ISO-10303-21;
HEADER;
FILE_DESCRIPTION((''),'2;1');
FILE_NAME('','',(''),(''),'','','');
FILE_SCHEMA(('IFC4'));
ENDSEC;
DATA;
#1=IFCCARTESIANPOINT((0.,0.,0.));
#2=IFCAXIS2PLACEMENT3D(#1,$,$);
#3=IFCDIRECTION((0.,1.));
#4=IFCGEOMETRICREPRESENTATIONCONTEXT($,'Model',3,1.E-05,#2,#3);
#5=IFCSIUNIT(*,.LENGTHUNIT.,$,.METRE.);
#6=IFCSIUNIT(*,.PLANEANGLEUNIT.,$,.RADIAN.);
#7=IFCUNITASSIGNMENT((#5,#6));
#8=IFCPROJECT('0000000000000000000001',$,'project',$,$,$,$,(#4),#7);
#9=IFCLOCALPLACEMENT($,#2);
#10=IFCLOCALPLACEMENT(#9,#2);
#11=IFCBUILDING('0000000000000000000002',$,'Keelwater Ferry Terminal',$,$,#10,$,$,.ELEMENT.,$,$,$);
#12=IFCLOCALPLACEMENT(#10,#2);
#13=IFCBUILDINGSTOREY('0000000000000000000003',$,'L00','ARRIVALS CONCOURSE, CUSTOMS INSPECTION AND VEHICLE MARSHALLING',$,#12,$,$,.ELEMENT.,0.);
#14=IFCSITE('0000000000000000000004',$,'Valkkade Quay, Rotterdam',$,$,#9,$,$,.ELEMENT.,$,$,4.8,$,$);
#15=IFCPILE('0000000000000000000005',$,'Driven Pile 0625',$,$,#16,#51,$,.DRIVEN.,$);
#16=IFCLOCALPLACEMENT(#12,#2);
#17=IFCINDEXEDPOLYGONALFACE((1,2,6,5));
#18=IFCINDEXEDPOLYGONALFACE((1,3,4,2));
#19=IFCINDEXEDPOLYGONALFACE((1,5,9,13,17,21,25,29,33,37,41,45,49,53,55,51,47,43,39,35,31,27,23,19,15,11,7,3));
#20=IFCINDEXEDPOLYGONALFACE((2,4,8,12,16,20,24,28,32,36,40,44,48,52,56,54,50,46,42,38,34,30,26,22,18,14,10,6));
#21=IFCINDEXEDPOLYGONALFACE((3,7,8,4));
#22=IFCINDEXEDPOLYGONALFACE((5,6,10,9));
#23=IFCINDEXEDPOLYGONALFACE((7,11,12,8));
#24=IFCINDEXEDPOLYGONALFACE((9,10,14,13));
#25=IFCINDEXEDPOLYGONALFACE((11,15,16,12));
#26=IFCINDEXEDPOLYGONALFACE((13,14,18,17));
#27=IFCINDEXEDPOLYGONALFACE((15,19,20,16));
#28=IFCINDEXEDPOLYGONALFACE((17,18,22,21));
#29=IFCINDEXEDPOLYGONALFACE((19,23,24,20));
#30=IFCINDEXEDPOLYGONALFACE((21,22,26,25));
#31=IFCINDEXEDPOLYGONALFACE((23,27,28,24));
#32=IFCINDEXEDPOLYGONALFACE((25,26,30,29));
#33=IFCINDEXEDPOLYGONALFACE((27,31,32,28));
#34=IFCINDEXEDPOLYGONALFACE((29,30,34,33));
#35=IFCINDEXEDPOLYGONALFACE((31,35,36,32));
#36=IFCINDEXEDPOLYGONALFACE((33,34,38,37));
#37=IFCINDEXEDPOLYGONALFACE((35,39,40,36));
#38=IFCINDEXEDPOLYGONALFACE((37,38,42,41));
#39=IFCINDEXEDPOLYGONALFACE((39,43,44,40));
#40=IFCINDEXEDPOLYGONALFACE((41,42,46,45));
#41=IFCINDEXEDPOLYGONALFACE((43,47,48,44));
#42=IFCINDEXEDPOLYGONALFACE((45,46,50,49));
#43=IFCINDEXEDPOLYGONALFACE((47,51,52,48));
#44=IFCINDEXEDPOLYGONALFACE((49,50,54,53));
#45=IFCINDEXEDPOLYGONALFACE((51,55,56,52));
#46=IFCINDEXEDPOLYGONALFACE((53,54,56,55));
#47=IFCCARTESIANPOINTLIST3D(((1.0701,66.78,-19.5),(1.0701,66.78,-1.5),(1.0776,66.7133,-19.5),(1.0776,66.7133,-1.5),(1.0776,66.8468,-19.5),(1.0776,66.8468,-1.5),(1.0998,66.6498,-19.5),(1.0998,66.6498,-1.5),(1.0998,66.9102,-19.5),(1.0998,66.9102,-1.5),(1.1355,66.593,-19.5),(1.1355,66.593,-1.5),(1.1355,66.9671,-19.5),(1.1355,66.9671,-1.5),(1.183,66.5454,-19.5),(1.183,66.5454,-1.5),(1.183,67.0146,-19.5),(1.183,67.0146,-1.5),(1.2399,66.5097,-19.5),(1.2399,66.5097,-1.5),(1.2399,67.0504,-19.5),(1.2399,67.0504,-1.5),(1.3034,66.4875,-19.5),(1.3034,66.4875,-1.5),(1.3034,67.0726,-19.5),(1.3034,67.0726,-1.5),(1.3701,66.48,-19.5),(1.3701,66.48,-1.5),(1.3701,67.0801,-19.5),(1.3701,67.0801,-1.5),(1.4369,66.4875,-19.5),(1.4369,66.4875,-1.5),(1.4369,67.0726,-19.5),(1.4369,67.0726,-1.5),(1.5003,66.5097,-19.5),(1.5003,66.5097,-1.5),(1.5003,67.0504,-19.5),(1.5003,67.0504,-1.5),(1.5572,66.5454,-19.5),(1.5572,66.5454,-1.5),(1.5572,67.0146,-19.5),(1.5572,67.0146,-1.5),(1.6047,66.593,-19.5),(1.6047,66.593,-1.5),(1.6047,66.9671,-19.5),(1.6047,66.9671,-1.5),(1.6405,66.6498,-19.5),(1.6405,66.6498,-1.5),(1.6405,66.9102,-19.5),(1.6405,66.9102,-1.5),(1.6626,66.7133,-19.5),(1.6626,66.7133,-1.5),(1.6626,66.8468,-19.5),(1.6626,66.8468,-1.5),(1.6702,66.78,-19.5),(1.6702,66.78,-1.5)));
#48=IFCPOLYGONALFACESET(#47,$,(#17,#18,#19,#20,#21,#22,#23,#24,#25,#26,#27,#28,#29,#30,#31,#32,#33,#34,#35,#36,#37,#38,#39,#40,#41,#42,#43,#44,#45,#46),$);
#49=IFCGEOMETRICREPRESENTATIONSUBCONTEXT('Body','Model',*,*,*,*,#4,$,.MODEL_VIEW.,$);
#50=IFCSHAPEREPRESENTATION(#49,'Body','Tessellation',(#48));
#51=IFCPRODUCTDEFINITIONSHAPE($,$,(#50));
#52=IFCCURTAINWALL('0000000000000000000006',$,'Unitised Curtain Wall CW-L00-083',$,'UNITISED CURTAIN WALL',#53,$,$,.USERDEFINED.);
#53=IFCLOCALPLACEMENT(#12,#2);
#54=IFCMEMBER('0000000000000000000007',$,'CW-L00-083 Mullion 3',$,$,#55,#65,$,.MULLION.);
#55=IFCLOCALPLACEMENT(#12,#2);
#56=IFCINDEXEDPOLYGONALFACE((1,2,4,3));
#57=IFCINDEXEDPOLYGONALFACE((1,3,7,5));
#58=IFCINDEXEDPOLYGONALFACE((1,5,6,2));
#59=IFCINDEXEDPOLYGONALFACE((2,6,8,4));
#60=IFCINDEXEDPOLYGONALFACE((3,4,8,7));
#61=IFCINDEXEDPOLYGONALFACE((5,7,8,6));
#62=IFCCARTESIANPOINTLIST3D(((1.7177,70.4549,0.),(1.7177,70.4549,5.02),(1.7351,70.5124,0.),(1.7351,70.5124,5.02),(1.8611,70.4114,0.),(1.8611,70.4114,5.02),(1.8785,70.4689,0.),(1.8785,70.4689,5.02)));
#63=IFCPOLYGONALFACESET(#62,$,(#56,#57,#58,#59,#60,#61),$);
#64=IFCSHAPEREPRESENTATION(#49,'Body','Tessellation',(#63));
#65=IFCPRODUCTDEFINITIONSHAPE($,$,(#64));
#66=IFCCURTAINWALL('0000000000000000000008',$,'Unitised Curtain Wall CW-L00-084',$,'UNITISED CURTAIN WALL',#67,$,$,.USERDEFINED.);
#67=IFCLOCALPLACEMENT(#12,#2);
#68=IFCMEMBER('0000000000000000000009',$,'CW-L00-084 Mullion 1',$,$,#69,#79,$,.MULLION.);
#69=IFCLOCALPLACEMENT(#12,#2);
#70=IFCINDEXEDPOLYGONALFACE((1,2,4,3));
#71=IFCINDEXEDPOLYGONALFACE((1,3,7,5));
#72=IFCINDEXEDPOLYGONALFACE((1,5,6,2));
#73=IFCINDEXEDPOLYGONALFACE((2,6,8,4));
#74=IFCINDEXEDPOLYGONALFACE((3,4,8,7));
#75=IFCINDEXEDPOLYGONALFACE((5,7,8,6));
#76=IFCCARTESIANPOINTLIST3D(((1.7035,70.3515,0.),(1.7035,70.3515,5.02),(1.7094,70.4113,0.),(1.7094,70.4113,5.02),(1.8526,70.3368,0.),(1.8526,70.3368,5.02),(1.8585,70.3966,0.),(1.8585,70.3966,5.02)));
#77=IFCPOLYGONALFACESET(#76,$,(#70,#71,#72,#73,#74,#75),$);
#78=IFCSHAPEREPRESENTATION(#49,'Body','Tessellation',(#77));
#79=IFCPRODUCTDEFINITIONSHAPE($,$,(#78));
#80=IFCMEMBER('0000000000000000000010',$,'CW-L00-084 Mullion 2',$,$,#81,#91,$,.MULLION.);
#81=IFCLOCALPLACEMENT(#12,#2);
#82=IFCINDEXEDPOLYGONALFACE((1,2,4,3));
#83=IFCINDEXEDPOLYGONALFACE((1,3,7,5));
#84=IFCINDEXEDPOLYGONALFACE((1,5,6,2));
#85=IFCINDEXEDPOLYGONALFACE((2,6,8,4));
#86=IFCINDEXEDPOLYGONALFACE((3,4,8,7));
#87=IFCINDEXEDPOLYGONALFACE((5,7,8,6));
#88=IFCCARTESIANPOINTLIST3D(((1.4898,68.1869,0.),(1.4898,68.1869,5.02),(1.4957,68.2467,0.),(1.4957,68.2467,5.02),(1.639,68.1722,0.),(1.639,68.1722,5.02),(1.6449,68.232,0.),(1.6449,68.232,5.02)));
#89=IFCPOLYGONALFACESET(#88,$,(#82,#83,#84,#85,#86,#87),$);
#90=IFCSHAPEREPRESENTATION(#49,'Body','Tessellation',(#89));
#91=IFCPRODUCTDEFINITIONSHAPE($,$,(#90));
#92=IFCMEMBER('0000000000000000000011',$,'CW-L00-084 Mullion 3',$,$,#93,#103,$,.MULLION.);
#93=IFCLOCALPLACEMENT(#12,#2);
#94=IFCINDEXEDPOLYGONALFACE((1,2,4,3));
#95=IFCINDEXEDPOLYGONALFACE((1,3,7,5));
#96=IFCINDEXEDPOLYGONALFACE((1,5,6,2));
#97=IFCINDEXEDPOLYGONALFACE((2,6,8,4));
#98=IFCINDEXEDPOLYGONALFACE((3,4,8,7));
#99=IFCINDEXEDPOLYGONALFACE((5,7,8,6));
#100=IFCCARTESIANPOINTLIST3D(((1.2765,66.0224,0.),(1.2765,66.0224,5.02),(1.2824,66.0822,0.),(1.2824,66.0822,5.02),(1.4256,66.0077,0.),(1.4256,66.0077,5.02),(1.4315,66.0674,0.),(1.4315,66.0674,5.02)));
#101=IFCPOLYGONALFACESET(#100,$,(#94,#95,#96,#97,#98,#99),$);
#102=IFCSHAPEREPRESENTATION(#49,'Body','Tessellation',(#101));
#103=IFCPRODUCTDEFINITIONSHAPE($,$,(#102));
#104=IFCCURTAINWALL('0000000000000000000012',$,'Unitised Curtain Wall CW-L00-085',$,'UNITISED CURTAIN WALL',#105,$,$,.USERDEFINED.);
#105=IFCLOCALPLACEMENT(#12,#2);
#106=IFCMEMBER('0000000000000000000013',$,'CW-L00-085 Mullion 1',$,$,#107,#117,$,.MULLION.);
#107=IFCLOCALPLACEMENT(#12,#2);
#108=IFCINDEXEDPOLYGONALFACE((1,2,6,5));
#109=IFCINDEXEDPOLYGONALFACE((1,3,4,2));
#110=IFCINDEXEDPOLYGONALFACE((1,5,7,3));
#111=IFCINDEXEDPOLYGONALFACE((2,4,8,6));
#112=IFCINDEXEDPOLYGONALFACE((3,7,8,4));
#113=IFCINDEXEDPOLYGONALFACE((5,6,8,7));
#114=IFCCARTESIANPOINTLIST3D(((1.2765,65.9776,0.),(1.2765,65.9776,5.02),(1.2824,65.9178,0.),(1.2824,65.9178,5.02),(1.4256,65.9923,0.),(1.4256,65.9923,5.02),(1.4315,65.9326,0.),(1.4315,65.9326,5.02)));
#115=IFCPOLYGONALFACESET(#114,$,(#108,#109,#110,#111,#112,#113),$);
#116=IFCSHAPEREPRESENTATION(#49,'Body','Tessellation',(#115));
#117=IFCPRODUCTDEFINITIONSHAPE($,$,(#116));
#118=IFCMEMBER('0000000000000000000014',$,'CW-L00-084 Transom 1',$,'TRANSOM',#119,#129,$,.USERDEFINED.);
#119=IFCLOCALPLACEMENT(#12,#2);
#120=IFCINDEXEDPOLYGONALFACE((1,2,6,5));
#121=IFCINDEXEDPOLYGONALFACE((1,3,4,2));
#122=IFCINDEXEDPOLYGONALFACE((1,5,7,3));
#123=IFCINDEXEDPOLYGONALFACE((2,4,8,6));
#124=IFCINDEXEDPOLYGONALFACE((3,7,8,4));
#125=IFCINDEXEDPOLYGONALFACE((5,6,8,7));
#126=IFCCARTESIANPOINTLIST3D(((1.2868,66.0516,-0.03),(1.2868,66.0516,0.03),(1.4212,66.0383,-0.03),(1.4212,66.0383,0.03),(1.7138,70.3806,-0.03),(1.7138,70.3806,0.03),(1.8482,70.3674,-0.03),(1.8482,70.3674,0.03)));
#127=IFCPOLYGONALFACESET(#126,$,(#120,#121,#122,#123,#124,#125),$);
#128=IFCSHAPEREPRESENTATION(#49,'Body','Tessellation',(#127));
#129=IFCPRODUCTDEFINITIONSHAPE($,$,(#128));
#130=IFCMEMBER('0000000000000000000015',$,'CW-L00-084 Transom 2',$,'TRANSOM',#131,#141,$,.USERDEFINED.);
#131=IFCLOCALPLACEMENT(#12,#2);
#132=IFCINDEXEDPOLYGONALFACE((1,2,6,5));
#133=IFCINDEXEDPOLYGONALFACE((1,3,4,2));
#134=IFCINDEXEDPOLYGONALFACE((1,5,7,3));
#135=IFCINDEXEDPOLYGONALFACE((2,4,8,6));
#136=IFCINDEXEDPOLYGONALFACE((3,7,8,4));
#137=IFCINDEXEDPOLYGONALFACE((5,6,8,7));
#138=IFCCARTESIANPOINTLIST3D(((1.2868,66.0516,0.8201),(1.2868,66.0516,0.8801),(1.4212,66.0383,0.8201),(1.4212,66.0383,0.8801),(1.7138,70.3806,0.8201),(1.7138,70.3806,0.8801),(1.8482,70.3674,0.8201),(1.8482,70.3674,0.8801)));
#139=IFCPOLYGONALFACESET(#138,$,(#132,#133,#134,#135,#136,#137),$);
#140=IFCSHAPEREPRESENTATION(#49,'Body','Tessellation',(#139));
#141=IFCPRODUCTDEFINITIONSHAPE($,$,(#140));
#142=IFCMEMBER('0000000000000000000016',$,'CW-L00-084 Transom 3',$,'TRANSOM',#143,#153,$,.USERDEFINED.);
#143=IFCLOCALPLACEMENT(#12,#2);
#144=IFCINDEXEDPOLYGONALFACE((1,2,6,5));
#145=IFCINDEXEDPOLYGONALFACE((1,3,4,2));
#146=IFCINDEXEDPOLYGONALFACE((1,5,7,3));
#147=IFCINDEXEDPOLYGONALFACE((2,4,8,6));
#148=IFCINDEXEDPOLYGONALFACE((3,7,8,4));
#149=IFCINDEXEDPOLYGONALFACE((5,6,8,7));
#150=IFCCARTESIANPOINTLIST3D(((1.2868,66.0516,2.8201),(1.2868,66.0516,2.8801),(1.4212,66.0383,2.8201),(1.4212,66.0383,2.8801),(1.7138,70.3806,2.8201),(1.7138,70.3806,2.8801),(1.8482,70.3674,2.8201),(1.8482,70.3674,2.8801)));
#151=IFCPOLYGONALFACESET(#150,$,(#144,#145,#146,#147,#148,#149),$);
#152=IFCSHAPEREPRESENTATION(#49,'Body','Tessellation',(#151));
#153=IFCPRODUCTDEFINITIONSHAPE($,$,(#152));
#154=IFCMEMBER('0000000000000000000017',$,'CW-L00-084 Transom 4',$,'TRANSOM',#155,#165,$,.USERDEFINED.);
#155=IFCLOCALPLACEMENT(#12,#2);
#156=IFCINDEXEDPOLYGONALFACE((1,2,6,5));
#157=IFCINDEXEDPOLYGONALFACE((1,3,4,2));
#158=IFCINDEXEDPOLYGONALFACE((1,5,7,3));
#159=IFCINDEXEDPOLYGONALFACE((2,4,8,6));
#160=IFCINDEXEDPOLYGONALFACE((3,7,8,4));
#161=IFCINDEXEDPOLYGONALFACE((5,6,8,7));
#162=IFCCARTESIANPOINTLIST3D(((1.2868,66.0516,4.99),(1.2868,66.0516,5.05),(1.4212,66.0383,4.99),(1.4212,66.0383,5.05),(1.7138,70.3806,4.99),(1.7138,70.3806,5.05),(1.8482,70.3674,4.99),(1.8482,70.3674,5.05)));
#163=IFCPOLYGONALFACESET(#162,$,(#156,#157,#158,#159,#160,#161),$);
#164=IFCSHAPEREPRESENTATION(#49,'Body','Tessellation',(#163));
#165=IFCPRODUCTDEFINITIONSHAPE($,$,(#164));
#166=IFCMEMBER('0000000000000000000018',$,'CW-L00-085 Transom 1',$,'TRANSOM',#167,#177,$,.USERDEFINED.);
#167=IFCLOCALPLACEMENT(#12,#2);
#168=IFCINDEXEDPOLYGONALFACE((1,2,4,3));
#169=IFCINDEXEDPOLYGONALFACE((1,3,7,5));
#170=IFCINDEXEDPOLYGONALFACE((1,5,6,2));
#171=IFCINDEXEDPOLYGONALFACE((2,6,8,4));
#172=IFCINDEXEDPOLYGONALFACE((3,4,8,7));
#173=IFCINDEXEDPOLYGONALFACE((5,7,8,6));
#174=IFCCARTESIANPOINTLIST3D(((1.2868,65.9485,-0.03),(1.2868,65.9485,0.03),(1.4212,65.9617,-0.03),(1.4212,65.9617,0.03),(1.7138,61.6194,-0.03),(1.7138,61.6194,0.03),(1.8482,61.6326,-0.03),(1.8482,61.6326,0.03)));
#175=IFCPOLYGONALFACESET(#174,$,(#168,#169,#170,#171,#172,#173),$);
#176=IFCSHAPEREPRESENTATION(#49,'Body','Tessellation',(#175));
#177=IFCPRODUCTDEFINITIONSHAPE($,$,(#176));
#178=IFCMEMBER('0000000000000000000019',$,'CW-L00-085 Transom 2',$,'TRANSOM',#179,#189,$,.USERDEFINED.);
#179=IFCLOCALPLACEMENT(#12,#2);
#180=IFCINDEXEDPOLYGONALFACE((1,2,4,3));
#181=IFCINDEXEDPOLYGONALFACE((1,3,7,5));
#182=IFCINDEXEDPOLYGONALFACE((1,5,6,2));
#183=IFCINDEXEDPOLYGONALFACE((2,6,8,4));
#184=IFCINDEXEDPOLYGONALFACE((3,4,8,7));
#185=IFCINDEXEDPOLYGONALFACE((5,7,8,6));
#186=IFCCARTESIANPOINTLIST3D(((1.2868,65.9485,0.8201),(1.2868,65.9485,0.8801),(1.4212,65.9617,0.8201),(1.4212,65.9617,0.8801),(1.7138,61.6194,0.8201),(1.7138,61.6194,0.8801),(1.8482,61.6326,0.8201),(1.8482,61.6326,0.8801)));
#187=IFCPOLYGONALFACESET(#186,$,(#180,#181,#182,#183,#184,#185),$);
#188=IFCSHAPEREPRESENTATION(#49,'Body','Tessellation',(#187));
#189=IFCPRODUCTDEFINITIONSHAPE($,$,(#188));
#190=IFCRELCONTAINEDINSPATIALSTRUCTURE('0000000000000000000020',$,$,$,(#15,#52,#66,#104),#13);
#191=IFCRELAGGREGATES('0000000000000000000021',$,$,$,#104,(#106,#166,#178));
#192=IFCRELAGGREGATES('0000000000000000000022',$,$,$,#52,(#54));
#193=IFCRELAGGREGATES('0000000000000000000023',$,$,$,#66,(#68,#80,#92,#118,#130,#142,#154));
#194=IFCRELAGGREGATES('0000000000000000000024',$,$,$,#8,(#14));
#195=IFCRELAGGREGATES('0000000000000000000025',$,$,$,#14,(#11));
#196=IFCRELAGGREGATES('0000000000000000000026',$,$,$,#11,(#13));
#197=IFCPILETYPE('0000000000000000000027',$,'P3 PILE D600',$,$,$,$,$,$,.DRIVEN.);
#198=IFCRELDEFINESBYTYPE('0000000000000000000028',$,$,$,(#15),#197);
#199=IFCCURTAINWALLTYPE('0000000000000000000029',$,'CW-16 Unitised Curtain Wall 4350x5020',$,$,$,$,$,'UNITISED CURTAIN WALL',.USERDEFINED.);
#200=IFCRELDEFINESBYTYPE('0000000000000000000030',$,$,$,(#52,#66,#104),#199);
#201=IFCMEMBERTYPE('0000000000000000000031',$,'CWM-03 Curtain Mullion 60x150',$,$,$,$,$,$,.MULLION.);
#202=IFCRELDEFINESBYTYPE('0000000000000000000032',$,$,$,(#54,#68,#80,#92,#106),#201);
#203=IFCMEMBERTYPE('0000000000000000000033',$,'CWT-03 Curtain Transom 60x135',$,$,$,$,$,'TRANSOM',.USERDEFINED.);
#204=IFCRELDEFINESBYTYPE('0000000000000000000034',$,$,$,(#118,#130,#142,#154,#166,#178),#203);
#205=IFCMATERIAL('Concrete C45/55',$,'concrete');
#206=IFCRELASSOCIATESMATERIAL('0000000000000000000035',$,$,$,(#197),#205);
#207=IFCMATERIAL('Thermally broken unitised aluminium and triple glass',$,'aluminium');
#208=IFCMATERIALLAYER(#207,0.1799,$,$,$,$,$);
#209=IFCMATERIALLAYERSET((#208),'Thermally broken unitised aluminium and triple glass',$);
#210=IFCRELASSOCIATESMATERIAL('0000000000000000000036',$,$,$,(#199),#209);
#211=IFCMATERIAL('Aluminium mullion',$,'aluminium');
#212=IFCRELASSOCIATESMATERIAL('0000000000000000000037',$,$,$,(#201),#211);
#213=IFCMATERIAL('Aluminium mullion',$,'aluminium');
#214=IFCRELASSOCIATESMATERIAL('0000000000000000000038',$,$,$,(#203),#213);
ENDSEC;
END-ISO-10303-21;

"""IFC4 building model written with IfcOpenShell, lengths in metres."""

from ifc_helpers import new_model, si_unit, direction, frame, origin, origin_2d, place, context, subcontext, project, spatial, rectangle, circle, extrude, material, layer, layer_set, material_profile, profile_set, type_object, element, aggregate, save


model = new_model("IFC4")

# Units and contexts
model_context = context("Model", 3, precision=1e-05, world=origin(), true_north=direction((0.0, 1.0)))
body_context = subcontext(model_context, "Body", "Model", "MODEL_VIEW")
ifc_project = project(units=[si_unit("LENGTHUNIT", "METRE"), si_unit("PLANEANGLEUNIT", "RADIAN")], contexts=[model_context])

# Site, building, storey
site_placement = place(None, origin())
site = spatial("IfcSite", under=ifc_project, at=site_placement, Name="Valkkade Quay, Rotterdam", CompositionType="ELEMENT", RefElevation=4.8)
building_placement = place(site_placement, origin())
building = spatial("IfcBuilding", under=site, at=building_placement, Name="Keelwater Ferry Terminal", CompositionType="ELEMENT")
storey_placement = place(building_placement, origin())
storey = spatial("IfcBuildingStorey", under=building, at=storey_placement, Name="L00", Description="ARRIVALS CONCOURSE, CUSTOMS INSPECTION AND VEHICLE MARSHALLING", CompositionType="ELEMENT", Elevation=0.0)

# Pile
ifc_material_1 = material(Name="Concrete C45/55", Category="concrete")
ifc_material_profile_1 = material_profile(ifc_material_1, circle(Radius=0.3, at=origin_2d()), Name="PILE D600")
ifc_profile_set_1 = profile_set([ifc_material_profile_1], Name="Concrete C45/55")
pile_type = type_object("IfcPileType", Name="P3 PILE D600", PredefinedType="DRIVEN", material=ifc_profile_set_1)
pile_placement = place(storey_placement, frame((1.3701, 66.78, -1.5), z_axis=(0.0, 0.0, -1.0), x_axis=(1.0, 0.0, 0.0)))
element("IfcPile", 1, at=pile_placement, inside=storey, type_object=pile_type, Name="Driven Pile 0625", PredefinedType="DRIVEN", context=body_context, shape_type="SweptSolid", body=[
    extrude(circle(Radius=0.3, at=origin_2d()), origin(), (0.0, 0.0, 1.0), 18.0),
])

# Curtain wall, member
ifc_material_2 = material(Name="Thermally broken unitised aluminium and triple glass", Category="aluminium")
ifc_layer_1 = layer(ifc_material_2, 0.1799)
ifc_layer_set_1 = layer_set([ifc_layer_1], Name="Thermally broken unitised aluminium and triple glass")
curtain_wall_type = type_object("IfcCurtainWallType", Name="CW-16 Unitised Curtain Wall 4350x5020", ElementType="UNITISED CURTAIN WALL", PredefinedType="USERDEFINED", material=ifc_layer_set_1)
curtain_wall_1_placement = place(storey_placement, origin())
curtain_wall_1 = element("IfcCurtainWall", 2, at=curtain_wall_1_placement, inside=storey, type_object=curtain_wall_type, Name="Unitised Curtain Wall CW-L00-083", ObjectType="UNITISED CURTAIN WALL", PredefinedType="USERDEFINED")
ifc_material_3 = material(Name="Aluminium mullion", Category="aluminium")
ifc_material_profile_2 = material_profile(ifc_material_3, rectangle(XDim=0.0601, YDim=0.1499, at=origin_2d()), Name="CWM-03")
ifc_profile_set_2 = profile_set([ifc_material_profile_2], Name="Aluminium mullion")
member_type_1 = type_object("IfcMemberType", Name="CWM-03 Curtain Mullion 60x150", PredefinedType="MULLION", material=ifc_profile_set_2)
member_1_placement = place(storey_placement, frame((1.7981, 70.4619, 0.0), z_axis=(0.0, 0.0, 1.0), x_axis=(-0.29032, -0.95693, 0.0)))
member_1 = element("IfcMember", 3, at=member_1_placement, type_object=member_type_1, Name="CW-L00-083 Mullion 3", PredefinedType="MULLION", context=body_context, shape_type="SweptSolid", body=[
    extrude(rectangle(XDim=0.0601, YDim=0.1499, at=origin_2d()), origin(), (0.0, 0.0, 1.0), 5.02),
])

# Curtain wall, members
curtain_wall_2_placement = place(storey_placement, origin())
curtain_wall_2 = element("IfcCurtainWall", 4, at=curtain_wall_2_placement, inside=storey, type_object=curtain_wall_type, Name="Unitised Curtain Wall CW-L00-084", ObjectType="UNITISED CURTAIN WALL", PredefinedType="USERDEFINED")
member_2_placement = place(storey_placement, frame((1.781, 70.374, 0.0), z_axis=(0.0, 0.0, 1.0), x_axis=(-0.098161, -0.995171, 0.0)))
member_2 = element("IfcMember", 5, at=member_2_placement, type_object=member_type_1, Name="CW-L00-084 Mullion 1", PredefinedType="MULLION", context=body_context, shape_type="SweptSolid", body=[
    extrude(rectangle(XDim=0.0601, YDim=0.1499, at=origin_2d()), origin(), (0.0, 0.0, 1.0), 5.02),
])
member_3_placement = place(storey_placement, frame((1.5674, 68.2095, 0.0), z_axis=(0.0, 0.0, 1.0), x_axis=(-0.098161, -0.995171, 0.0)))
member_3 = element("IfcMember", 6, at=member_3_placement, type_object=member_type_1, Name="CW-L00-084 Mullion 2", PredefinedType="MULLION", context=body_context, shape_type="SweptSolid", body=[
    extrude(rectangle(XDim=0.0601, YDim=0.1499, at=origin_2d()), origin(), (0.0, 0.0, 1.0), 5.02),
])
member_4_placement = place(storey_placement, frame((1.354, 66.0449, 0.0), z_axis=(0.0, 0.0, 1.0), x_axis=(-0.098161, -0.995171, 0.0)))
member_4 = element("IfcMember", 7, at=member_4_placement, type_object=member_type_1, Name="CW-L00-084 Mullion 3", PredefinedType="MULLION", context=body_context, shape_type="SweptSolid", body=[
    extrude(rectangle(XDim=0.0601, YDim=0.1499, at=origin_2d()), origin(), (0.0, 0.0, 1.0), 5.02),
])

# Curtain wall, member
curtain_wall_3_placement = place(storey_placement, origin())
curtain_wall_3 = element("IfcCurtainWall", 8, at=curtain_wall_3_placement, inside=storey, type_object=curtain_wall_type, Name="Unitised Curtain Wall CW-L00-085", ObjectType="UNITISED CURTAIN WALL", PredefinedType="USERDEFINED")
member_5_placement = place(storey_placement, frame((1.354, 65.9551, 0.0), z_axis=(0.0, 0.0, 1.0), x_axis=(0.098161, -0.995171, 0.0)))
member_5 = element("IfcMember", 9, at=member_5_placement, type_object=member_type_1, Name="CW-L00-085 Mullion 1", PredefinedType="MULLION", context=body_context, shape_type="SweptSolid", body=[
    extrude(rectangle(XDim=0.0601, YDim=0.1499, at=origin_2d()), origin(), (0.0, 0.0, 1.0), 5.02),
])

# Members
ifc_material_4 = material(Name="Aluminium mullion", Category="aluminium")
ifc_material_profile_3 = material_profile(ifc_material_4, rectangle(XDim=0.135, YDim=0.0601, at=origin_2d()), Name="CWT-03")
ifc_profile_set_3 = profile_set([ifc_material_profile_3], Name="Aluminium mullion")
member_type_2 = type_object("IfcMemberType", Name="CWT-03 Curtain Transom 60x135", ElementType="TRANSOM", PredefinedType="USERDEFINED", material=ifc_profile_set_3)
member_6_placement = place(storey_placement, frame((1.781, 70.374, 0.0), z_axis=(-0.098159, -0.995171, 0.0), x_axis=(0.995171, -0.098159, 0.0)))
member_6 = element("IfcMember", 10, at=member_6_placement, type_object=member_type_2, Name="CW-L00-084 Transom 1", ObjectType="TRANSOM", PredefinedType="USERDEFINED", context=body_context, shape_type="SweptSolid", body=[
    extrude(rectangle(XDim=0.135, YDim=0.0601, at=origin_2d()), origin(), (0.0, 0.0, 1.0), 4.3501),
])
member_7_placement = place(storey_placement, frame((1.781, 70.374, 0.8501), z_axis=(-0.098159, -0.995171, 0.0), x_axis=(0.995171, -0.098159, 0.0)))
member_7 = element("IfcMember", 11, at=member_7_placement, type_object=member_type_2, Name="CW-L00-084 Transom 2", ObjectType="TRANSOM", PredefinedType="USERDEFINED", context=body_context, shape_type="SweptSolid", body=[
    extrude(rectangle(XDim=0.135, YDim=0.0601, at=origin_2d()), origin(), (0.0, 0.0, 1.0), 4.3501),
])
member_8_placement = place(storey_placement, frame((1.781, 70.374, 2.8501), z_axis=(-0.098159, -0.995171, 0.0), x_axis=(0.995171, -0.098159, 0.0)))
member_8 = element("IfcMember", 12, at=member_8_placement, type_object=member_type_2, Name="CW-L00-084 Transom 3", ObjectType="TRANSOM", PredefinedType="USERDEFINED", context=body_context, shape_type="SweptSolid", body=[
    extrude(rectangle(XDim=0.135, YDim=0.0601, at=origin_2d()), origin(), (0.0, 0.0, 1.0), 4.3501),
])
member_9_placement = place(storey_placement, frame((1.781, 70.374, 5.02), z_axis=(-0.098159, -0.995171, 0.0), x_axis=(0.995171, -0.098159, 0.0)))
member_9 = element("IfcMember", 13, at=member_9_placement, type_object=member_type_2, Name="CW-L00-084 Transom 4", ObjectType="TRANSOM", PredefinedType="USERDEFINED", context=body_context, shape_type="SweptSolid", body=[
    extrude(rectangle(XDim=0.135, YDim=0.0601, at=origin_2d()), origin(), (0.0, 0.0, 1.0), 4.3501),
])
member_10_placement = place(storey_placement, frame((1.354, 65.9551, 0.0), z_axis=(0.098159, -0.995171, 0.0), x_axis=(0.995171, 0.098159, 0.0)))
member_10 = element("IfcMember", 14, at=member_10_placement, type_object=member_type_2, Name="CW-L00-085 Transom 1", ObjectType="TRANSOM", PredefinedType="USERDEFINED", context=body_context, shape_type="SweptSolid", body=[
    extrude(rectangle(XDim=0.135, YDim=0.0601, at=origin_2d()), origin(), (0.0, 0.0, 1.0), 4.3501),
])
member_11_placement = place(storey_placement, frame((1.354, 65.9551, 0.8501), z_axis=(0.098159, -0.995171, 0.0), x_axis=(0.995171, 0.098159, 0.0)))
member_11 = element("IfcMember", 15, at=member_11_placement, type_object=member_type_2, Name="CW-L00-085 Transom 2", ObjectType="TRANSOM", PredefinedType="USERDEFINED", context=body_context, shape_type="SweptSolid", body=[
    extrude(rectangle(XDim=0.135, YDim=0.0601, at=origin_2d()), origin(), (0.0, 0.0, 1.0), 4.3501),
])
aggregate(curtain_wall_3, [member_5, member_10, member_11])

aggregate(curtain_wall_1, [member_1])
aggregate(curtain_wall_2, [member_2, member_3, member_4, member_6, member_7, member_8, member_9])

save(model, "model.ifc")
